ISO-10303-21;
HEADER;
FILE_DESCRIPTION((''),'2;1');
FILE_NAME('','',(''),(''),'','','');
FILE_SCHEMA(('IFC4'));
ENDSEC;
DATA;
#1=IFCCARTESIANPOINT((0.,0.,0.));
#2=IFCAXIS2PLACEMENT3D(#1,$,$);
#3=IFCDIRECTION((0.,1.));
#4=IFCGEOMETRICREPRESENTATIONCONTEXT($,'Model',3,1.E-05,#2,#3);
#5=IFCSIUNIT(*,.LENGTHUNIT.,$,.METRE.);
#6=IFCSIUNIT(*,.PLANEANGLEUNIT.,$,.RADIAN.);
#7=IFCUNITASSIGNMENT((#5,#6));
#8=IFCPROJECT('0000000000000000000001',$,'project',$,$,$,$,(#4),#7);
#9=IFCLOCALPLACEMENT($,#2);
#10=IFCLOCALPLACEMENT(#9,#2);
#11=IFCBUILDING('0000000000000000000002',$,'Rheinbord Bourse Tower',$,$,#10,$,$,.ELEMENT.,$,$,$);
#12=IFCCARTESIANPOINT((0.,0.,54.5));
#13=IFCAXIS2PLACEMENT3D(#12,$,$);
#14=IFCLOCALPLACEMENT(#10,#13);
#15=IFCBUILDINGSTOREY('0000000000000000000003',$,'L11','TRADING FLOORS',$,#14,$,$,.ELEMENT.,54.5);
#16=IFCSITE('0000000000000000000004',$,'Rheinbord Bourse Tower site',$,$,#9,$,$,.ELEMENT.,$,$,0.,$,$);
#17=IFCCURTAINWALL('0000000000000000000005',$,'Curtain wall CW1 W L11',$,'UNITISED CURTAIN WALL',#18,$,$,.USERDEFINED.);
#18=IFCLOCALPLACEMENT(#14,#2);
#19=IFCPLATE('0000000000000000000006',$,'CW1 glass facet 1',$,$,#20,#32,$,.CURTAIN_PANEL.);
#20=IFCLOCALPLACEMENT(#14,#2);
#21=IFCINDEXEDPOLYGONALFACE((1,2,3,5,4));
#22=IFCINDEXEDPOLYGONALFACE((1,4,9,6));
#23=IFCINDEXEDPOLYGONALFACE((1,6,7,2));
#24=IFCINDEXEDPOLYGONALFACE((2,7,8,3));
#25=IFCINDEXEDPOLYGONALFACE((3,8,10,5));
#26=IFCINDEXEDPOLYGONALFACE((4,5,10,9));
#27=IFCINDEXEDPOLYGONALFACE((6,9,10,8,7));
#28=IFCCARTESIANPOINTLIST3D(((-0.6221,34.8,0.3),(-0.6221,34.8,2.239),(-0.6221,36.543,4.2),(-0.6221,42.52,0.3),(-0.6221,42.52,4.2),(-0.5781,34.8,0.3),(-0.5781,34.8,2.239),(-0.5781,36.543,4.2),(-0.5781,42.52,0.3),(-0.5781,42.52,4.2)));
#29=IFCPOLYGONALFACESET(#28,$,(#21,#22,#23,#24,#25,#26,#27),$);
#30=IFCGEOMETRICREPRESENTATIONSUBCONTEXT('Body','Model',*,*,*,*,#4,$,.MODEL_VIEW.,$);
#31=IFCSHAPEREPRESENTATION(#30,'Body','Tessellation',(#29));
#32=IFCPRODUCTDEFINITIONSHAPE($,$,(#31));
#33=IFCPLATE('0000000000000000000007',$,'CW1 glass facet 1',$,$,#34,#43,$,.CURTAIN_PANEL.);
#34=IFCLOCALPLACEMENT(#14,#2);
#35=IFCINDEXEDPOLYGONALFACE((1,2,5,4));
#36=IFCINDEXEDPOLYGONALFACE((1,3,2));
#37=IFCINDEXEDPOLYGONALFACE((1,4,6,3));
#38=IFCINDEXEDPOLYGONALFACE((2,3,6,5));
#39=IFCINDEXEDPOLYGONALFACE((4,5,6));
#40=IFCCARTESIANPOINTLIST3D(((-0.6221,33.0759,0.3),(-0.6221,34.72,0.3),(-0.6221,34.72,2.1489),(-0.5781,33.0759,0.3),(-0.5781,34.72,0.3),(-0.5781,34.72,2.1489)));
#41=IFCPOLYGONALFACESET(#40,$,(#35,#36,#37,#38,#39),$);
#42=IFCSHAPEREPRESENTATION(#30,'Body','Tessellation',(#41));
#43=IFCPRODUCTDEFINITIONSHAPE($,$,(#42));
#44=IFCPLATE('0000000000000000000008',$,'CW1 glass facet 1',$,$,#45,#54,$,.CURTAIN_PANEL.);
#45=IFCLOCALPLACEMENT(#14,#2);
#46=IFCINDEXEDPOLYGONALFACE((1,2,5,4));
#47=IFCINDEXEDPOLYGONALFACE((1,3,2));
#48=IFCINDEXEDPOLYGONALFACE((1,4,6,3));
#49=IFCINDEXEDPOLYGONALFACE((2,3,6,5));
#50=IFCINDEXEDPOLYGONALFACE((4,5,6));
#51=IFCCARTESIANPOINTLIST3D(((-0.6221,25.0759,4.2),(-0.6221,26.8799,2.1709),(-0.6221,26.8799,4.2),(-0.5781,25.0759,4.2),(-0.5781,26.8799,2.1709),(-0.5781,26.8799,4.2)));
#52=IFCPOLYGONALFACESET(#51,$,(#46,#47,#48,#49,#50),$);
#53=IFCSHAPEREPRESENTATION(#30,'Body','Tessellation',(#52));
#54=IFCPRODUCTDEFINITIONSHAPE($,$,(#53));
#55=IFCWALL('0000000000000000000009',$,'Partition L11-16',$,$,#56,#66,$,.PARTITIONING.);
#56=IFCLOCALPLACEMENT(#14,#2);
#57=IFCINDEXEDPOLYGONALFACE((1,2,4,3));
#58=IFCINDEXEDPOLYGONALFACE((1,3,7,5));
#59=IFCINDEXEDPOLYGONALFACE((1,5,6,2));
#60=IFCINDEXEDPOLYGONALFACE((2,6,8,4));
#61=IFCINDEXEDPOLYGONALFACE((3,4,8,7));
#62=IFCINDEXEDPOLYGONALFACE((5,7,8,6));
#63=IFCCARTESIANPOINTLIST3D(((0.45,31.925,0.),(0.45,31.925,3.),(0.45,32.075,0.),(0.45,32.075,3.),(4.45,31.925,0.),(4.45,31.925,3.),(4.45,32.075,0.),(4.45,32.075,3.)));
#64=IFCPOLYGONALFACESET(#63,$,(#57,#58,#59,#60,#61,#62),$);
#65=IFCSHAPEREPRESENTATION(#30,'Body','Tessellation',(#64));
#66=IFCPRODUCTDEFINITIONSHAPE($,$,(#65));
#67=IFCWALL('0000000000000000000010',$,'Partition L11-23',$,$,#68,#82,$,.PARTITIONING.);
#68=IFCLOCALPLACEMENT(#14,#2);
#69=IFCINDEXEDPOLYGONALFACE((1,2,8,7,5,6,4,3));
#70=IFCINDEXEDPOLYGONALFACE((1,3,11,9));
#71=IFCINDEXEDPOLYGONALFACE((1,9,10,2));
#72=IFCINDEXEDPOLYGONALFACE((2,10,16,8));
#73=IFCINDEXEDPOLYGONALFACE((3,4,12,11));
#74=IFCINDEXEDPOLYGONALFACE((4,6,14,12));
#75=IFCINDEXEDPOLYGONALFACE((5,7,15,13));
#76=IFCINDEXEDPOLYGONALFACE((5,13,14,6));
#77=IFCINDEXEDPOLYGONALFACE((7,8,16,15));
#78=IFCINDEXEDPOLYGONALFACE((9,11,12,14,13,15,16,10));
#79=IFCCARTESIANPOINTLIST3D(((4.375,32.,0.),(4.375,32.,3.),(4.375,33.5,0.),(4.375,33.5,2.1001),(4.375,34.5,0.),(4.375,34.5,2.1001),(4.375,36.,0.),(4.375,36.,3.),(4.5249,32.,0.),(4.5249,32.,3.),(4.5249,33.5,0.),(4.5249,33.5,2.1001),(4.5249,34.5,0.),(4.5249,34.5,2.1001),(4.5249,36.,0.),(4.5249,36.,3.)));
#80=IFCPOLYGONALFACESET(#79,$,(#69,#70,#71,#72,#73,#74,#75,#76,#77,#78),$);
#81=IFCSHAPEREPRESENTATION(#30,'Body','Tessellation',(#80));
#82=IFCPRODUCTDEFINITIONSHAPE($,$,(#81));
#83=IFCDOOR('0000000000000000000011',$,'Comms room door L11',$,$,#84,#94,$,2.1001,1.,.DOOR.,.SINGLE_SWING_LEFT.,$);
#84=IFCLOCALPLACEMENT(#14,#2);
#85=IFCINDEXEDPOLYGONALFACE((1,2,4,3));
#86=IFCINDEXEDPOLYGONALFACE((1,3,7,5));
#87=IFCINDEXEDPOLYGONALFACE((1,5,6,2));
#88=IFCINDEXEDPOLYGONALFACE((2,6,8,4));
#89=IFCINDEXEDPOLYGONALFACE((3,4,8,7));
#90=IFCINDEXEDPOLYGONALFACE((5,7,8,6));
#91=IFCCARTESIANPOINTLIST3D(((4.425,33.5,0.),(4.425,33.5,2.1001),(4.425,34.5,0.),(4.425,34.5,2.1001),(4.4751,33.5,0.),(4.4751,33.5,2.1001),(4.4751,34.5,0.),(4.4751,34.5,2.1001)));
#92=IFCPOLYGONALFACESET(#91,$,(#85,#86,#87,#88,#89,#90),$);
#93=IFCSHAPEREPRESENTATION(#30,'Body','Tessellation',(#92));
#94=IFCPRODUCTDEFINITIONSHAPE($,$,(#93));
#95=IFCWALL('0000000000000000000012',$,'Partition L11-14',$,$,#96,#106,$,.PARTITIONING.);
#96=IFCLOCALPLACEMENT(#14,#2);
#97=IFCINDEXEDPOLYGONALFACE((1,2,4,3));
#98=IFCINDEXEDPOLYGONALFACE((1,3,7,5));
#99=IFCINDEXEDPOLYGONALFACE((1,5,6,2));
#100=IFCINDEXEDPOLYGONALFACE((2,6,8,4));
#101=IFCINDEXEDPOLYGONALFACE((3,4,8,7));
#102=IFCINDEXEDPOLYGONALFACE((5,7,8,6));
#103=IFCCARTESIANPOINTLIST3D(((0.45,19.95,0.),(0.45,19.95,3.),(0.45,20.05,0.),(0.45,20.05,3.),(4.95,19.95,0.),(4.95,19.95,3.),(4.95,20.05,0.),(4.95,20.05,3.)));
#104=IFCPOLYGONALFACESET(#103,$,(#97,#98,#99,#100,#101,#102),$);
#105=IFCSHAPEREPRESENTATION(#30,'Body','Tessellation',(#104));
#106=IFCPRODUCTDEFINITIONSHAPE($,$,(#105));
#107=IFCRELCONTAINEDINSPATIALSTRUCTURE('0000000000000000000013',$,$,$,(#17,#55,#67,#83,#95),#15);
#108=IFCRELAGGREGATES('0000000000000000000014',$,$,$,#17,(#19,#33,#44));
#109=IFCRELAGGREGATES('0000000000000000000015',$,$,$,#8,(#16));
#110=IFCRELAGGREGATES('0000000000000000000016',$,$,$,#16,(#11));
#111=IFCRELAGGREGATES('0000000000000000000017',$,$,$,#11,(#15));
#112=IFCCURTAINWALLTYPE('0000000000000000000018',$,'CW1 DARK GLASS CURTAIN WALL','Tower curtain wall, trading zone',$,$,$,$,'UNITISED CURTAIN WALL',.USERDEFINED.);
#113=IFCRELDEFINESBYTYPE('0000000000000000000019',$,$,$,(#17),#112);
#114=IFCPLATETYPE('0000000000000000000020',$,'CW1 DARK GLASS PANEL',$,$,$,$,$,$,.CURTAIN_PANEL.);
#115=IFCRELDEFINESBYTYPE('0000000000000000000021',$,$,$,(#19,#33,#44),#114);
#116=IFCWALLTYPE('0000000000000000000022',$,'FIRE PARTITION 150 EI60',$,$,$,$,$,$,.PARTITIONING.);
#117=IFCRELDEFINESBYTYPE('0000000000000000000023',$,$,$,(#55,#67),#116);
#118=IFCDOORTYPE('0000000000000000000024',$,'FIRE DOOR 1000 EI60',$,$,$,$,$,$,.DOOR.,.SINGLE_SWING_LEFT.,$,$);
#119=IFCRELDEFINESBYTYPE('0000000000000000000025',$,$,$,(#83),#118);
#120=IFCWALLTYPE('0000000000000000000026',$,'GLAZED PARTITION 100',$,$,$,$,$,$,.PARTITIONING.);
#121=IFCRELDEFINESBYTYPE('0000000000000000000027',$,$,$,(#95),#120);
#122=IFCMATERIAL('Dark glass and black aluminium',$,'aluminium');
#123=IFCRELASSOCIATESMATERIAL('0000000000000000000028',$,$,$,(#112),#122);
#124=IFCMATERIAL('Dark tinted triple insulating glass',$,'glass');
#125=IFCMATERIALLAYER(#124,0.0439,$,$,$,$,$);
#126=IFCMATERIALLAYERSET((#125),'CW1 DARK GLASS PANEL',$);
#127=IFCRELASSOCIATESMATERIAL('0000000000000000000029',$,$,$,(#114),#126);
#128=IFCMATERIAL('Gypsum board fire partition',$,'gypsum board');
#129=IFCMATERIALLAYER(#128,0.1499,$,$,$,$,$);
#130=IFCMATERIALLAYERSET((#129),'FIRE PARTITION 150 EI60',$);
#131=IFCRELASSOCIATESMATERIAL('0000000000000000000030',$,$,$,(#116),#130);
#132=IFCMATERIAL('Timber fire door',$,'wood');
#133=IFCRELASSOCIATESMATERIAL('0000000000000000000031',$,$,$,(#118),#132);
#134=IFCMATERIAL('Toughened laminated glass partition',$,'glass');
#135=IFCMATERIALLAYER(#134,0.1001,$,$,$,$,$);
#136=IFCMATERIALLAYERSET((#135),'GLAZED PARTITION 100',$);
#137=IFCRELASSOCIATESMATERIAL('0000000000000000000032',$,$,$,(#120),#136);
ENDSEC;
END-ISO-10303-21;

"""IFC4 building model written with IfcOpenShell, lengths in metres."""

from ifc_helpers import new_model, si_unit, direction, frame, frame_2d, origin, place, context, subcontext, project, spatial, polyline, rectangle, outline, extrude, material, layer, layer_set, type_object, element, fill, aggregate, save


model = new_model("IFC4")

# Units and contexts
model_context = context("Model", 3, precision=1e-05, world=origin(), true_north=direction((0.0, 1.0)))
body_context = subcontext(model_context, "Body", "Model", "MODEL_VIEW")
ifc_project = project(units=[si_unit("LENGTHUNIT", "METRE"), si_unit("PLANEANGLEUNIT", "RADIAN")], contexts=[model_context])

# Site, building, storey
site_placement = place(None, origin())
site = spatial("IfcSite", under=ifc_project, at=site_placement, Name="Rheinbord Bourse Tower site", CompositionType="ELEMENT", RefElevation=0.0)
building_placement = place(site_placement, origin())
building = spatial("IfcBuilding", under=site, at=building_placement, Name="Rheinbord Bourse Tower", CompositionType="ELEMENT")
storey_placement = place(building_placement, frame((0.0, 0.0, 54.5)))
storey = spatial("IfcBuildingStorey", under=building, at=storey_placement, Name="L11", Description="TRADING FLOORS", CompositionType="ELEMENT", Elevation=54.5)

# Curtain wall
ifc_material_1 = material(Name="Dark glass and black aluminium", Category="aluminium")
curtain_wall_type = type_object("IfcCurtainWallType", Name="CW1 DARK GLASS CURTAIN WALL", Description="Tower curtain wall, trading zone", ElementType="UNITISED CURTAIN WALL", PredefinedType="USERDEFINED", material=ifc_material_1)
curtain_wall_placement = place(storey_placement, origin())
curtain_wall = element("IfcCurtainWall", 1, at=curtain_wall_placement, inside=storey, type_object=curtain_wall_type, Name="Curtain wall CW1 W L11", ObjectType="UNITISED CURTAIN WALL", PredefinedType="USERDEFINED")

# Plates
ifc_material_2 = material(Name="Dark tinted triple insulating glass", Category="glass")
ifc_layer_1 = layer(ifc_material_2, 0.0439)
ifc_layer_set_1 = layer_set([ifc_layer_1], Name="CW1 DARK GLASS PANEL")
plate_type = type_object("IfcPlateType", Name="CW1 DARK GLASS PANEL", PredefinedType="CURTAIN_PANEL", material=ifc_layer_set_1)
plate_1_placement = place(storey_placement, frame((-0.6221, 34.8, 0.3), z_axis=(1.0, 0.0, 0.0), x_axis=(0.0, 1.0, 0.0)))
plate_1 = element("IfcPlate", 2, at=plate_1_placement, type_object=plate_type, Name="CW1 glass facet 1", PredefinedType="CURTAIN_PANEL", context=body_context, shape_type="SweptSolid", body=[
    extrude(outline(polyline([(0.0, 0.0), (7.72, 0.0), (7.72, 3.8999), (1.7429, 3.8999), (0.0, 1.939), (0.0, 0.0)])), origin(), (0.0, 0.0, 1.0), 0.0439),
])
plate_2_placement = place(storey_placement, frame((-0.6221, 34.72, 0.3), z_axis=(1.0, 0.0, 0.0), x_axis=(0.0, 0.0, 1.0)))
plate_2 = element("IfcPlate", 3, at=plate_2_placement, type_object=plate_type, Name="CW1 glass facet 1", PredefinedType="CURTAIN_PANEL", context=body_context, shape_type="SweptSolid", body=[
    extrude(outline(polyline([(0.0, 0.0), (1.8489, 0.0), (0.0, 1.644), (0.0, 0.0)])), origin(), (0.0, 0.0, 1.0), 0.0439),
])
plate_3_placement = place(storey_placement, frame((-0.6221, 26.8799, 4.2), z_axis=(1.0, 0.0, 0.0), x_axis=(0.0, -1.0, 0.0)))
plate_3 = element("IfcPlate", 4, at=plate_3_placement, type_object=plate_type, Name="CW1 glass facet 1", PredefinedType="CURTAIN_PANEL", context=body_context, shape_type="SweptSolid", body=[
    extrude(outline(polyline([(0.0, 0.0), (1.804, 0.0), (0.0, 2.0291), (0.0, 0.0)])), origin(), (0.0, 0.0, 1.0), 0.0439),
])
aggregate(curtain_wall, [plate_1, plate_2, plate_3])

# Wall
ifc_material_3 = material(Name="Gypsum board fire partition", Category="gypsum board")
ifc_layer_2 = layer(ifc_material_3, 0.1499)
ifc_layer_set_2 = layer_set([ifc_layer_2], Name="FIRE PARTITION 150 EI60")
wall_type_1 = type_object("IfcWallType", Name="FIRE PARTITION 150 EI60", PredefinedType="PARTITIONING", material=ifc_layer_set_2)
wall_1_placement = place(storey_placement, frame((0.45, 32.0, 0.0), z_axis=(0.0, 0.0, 1.0), x_axis=(1.0, 0.0, 0.0)))
element("IfcWall", 5, at=wall_1_placement, inside=storey, type_object=wall_type_1, Name="Partition L11-16", PredefinedType="PARTITIONING", context=body_context, shape_type="SweptSolid", body=[
    extrude(rectangle(XDim=4.0, YDim=0.1499, at=frame_2d((2.0, 0.0))), origin(), (0.0, 0.0, 1.0), 3.0),
])

# Wall, opening, door
wall_2_placement = place(storey_placement, frame((4.45, 32.0, 0.0), z_axis=(0.0, 0.0, 1.0), x_axis=(0.0, 1.0, 0.0)))
wall_2 = element("IfcWall", 6, at=wall_2_placement, inside=storey, type_object=wall_type_1, Name="Partition L11-23", PredefinedType="PARTITIONING", context=body_context, shape_type="SweptSolid", body=[
    extrude(rectangle(XDim=4.0, YDim=0.1499, at=frame_2d((2.0, 0.0))), origin(), (0.0, 0.0, 1.0), 3.0),
])
opening_placement = place(wall_2_placement, frame((1.5, 0.0, 0.0)))
opening = element("IfcOpeningElement", 7, at=opening_placement, cuts=wall_2, PredefinedType="OPENING", context=body_context, shape_type="SweptSolid", body=[
    extrude(rectangle(XDim=1.0, YDim=2.1001, at=frame_2d((0.5, 1.05))), frame((0.0, 0.085, 0.0), z_axis=(0.0, -1.0, 0.0), x_axis=(1.0, 0.0, 0.0)), (0.0, 0.0, 1.0), 0.1699),
])
ifc_material_4 = material(Name="Timber fire door", Category="wood")
door_type = type_object("IfcDoorType", Name="FIRE DOOR 1000 EI60", OperationType="SINGLE_SWING_LEFT", PredefinedType="DOOR", material=ifc_material_4)
door_placement = place(opening_placement, origin())
door = element("IfcDoor", 8, at=door_placement, inside=storey, type_object=door_type, Name="Comms room door L11", OperationType="SINGLE_SWING_LEFT", OverallHeight=2.1001, OverallWidth=1.0, PredefinedType="DOOR", context=body_context, shape_type="SweptSolid", body=[
    extrude(rectangle(XDim=1.0, YDim=2.1001, at=frame_2d((0.5, 1.05))), frame((0.0, 0.0249, 0.0), z_axis=(0.0, -1.0, 0.0), x_axis=(1.0, 0.0, 0.0)), (0.0, 0.0, 1.0), 0.05),
])
fill(opening, door)

# Wall
ifc_material_5 = material(Name="Toughened laminated glass partition", Category="glass")
ifc_layer_3 = layer(ifc_material_5, 0.1001)
ifc_layer_set_3 = layer_set([ifc_layer_3], Name="GLAZED PARTITION 100")
wall_type_2 = type_object("IfcWallType", Name="GLAZED PARTITION 100", PredefinedType="PARTITIONING", material=ifc_layer_set_3)
wall_3_placement = place(storey_placement, frame((0.45, 20.0, 0.0), z_axis=(0.0, 0.0, 1.0), x_axis=(1.0, 0.0, 0.0)))
element("IfcWall", 9, at=wall_3_placement, inside=storey, type_object=wall_type_2, Name="Partition L11-14", PredefinedType="PARTITIONING", context=body_context, shape_type="SweptSolid", body=[
    extrude(rectangle(XDim=4.5, YDim=0.1001, at=frame_2d((2.25, 0.0))), origin(), (0.0, 0.0, 1.0), 3.0),
])

save(model, "model.ifc")
